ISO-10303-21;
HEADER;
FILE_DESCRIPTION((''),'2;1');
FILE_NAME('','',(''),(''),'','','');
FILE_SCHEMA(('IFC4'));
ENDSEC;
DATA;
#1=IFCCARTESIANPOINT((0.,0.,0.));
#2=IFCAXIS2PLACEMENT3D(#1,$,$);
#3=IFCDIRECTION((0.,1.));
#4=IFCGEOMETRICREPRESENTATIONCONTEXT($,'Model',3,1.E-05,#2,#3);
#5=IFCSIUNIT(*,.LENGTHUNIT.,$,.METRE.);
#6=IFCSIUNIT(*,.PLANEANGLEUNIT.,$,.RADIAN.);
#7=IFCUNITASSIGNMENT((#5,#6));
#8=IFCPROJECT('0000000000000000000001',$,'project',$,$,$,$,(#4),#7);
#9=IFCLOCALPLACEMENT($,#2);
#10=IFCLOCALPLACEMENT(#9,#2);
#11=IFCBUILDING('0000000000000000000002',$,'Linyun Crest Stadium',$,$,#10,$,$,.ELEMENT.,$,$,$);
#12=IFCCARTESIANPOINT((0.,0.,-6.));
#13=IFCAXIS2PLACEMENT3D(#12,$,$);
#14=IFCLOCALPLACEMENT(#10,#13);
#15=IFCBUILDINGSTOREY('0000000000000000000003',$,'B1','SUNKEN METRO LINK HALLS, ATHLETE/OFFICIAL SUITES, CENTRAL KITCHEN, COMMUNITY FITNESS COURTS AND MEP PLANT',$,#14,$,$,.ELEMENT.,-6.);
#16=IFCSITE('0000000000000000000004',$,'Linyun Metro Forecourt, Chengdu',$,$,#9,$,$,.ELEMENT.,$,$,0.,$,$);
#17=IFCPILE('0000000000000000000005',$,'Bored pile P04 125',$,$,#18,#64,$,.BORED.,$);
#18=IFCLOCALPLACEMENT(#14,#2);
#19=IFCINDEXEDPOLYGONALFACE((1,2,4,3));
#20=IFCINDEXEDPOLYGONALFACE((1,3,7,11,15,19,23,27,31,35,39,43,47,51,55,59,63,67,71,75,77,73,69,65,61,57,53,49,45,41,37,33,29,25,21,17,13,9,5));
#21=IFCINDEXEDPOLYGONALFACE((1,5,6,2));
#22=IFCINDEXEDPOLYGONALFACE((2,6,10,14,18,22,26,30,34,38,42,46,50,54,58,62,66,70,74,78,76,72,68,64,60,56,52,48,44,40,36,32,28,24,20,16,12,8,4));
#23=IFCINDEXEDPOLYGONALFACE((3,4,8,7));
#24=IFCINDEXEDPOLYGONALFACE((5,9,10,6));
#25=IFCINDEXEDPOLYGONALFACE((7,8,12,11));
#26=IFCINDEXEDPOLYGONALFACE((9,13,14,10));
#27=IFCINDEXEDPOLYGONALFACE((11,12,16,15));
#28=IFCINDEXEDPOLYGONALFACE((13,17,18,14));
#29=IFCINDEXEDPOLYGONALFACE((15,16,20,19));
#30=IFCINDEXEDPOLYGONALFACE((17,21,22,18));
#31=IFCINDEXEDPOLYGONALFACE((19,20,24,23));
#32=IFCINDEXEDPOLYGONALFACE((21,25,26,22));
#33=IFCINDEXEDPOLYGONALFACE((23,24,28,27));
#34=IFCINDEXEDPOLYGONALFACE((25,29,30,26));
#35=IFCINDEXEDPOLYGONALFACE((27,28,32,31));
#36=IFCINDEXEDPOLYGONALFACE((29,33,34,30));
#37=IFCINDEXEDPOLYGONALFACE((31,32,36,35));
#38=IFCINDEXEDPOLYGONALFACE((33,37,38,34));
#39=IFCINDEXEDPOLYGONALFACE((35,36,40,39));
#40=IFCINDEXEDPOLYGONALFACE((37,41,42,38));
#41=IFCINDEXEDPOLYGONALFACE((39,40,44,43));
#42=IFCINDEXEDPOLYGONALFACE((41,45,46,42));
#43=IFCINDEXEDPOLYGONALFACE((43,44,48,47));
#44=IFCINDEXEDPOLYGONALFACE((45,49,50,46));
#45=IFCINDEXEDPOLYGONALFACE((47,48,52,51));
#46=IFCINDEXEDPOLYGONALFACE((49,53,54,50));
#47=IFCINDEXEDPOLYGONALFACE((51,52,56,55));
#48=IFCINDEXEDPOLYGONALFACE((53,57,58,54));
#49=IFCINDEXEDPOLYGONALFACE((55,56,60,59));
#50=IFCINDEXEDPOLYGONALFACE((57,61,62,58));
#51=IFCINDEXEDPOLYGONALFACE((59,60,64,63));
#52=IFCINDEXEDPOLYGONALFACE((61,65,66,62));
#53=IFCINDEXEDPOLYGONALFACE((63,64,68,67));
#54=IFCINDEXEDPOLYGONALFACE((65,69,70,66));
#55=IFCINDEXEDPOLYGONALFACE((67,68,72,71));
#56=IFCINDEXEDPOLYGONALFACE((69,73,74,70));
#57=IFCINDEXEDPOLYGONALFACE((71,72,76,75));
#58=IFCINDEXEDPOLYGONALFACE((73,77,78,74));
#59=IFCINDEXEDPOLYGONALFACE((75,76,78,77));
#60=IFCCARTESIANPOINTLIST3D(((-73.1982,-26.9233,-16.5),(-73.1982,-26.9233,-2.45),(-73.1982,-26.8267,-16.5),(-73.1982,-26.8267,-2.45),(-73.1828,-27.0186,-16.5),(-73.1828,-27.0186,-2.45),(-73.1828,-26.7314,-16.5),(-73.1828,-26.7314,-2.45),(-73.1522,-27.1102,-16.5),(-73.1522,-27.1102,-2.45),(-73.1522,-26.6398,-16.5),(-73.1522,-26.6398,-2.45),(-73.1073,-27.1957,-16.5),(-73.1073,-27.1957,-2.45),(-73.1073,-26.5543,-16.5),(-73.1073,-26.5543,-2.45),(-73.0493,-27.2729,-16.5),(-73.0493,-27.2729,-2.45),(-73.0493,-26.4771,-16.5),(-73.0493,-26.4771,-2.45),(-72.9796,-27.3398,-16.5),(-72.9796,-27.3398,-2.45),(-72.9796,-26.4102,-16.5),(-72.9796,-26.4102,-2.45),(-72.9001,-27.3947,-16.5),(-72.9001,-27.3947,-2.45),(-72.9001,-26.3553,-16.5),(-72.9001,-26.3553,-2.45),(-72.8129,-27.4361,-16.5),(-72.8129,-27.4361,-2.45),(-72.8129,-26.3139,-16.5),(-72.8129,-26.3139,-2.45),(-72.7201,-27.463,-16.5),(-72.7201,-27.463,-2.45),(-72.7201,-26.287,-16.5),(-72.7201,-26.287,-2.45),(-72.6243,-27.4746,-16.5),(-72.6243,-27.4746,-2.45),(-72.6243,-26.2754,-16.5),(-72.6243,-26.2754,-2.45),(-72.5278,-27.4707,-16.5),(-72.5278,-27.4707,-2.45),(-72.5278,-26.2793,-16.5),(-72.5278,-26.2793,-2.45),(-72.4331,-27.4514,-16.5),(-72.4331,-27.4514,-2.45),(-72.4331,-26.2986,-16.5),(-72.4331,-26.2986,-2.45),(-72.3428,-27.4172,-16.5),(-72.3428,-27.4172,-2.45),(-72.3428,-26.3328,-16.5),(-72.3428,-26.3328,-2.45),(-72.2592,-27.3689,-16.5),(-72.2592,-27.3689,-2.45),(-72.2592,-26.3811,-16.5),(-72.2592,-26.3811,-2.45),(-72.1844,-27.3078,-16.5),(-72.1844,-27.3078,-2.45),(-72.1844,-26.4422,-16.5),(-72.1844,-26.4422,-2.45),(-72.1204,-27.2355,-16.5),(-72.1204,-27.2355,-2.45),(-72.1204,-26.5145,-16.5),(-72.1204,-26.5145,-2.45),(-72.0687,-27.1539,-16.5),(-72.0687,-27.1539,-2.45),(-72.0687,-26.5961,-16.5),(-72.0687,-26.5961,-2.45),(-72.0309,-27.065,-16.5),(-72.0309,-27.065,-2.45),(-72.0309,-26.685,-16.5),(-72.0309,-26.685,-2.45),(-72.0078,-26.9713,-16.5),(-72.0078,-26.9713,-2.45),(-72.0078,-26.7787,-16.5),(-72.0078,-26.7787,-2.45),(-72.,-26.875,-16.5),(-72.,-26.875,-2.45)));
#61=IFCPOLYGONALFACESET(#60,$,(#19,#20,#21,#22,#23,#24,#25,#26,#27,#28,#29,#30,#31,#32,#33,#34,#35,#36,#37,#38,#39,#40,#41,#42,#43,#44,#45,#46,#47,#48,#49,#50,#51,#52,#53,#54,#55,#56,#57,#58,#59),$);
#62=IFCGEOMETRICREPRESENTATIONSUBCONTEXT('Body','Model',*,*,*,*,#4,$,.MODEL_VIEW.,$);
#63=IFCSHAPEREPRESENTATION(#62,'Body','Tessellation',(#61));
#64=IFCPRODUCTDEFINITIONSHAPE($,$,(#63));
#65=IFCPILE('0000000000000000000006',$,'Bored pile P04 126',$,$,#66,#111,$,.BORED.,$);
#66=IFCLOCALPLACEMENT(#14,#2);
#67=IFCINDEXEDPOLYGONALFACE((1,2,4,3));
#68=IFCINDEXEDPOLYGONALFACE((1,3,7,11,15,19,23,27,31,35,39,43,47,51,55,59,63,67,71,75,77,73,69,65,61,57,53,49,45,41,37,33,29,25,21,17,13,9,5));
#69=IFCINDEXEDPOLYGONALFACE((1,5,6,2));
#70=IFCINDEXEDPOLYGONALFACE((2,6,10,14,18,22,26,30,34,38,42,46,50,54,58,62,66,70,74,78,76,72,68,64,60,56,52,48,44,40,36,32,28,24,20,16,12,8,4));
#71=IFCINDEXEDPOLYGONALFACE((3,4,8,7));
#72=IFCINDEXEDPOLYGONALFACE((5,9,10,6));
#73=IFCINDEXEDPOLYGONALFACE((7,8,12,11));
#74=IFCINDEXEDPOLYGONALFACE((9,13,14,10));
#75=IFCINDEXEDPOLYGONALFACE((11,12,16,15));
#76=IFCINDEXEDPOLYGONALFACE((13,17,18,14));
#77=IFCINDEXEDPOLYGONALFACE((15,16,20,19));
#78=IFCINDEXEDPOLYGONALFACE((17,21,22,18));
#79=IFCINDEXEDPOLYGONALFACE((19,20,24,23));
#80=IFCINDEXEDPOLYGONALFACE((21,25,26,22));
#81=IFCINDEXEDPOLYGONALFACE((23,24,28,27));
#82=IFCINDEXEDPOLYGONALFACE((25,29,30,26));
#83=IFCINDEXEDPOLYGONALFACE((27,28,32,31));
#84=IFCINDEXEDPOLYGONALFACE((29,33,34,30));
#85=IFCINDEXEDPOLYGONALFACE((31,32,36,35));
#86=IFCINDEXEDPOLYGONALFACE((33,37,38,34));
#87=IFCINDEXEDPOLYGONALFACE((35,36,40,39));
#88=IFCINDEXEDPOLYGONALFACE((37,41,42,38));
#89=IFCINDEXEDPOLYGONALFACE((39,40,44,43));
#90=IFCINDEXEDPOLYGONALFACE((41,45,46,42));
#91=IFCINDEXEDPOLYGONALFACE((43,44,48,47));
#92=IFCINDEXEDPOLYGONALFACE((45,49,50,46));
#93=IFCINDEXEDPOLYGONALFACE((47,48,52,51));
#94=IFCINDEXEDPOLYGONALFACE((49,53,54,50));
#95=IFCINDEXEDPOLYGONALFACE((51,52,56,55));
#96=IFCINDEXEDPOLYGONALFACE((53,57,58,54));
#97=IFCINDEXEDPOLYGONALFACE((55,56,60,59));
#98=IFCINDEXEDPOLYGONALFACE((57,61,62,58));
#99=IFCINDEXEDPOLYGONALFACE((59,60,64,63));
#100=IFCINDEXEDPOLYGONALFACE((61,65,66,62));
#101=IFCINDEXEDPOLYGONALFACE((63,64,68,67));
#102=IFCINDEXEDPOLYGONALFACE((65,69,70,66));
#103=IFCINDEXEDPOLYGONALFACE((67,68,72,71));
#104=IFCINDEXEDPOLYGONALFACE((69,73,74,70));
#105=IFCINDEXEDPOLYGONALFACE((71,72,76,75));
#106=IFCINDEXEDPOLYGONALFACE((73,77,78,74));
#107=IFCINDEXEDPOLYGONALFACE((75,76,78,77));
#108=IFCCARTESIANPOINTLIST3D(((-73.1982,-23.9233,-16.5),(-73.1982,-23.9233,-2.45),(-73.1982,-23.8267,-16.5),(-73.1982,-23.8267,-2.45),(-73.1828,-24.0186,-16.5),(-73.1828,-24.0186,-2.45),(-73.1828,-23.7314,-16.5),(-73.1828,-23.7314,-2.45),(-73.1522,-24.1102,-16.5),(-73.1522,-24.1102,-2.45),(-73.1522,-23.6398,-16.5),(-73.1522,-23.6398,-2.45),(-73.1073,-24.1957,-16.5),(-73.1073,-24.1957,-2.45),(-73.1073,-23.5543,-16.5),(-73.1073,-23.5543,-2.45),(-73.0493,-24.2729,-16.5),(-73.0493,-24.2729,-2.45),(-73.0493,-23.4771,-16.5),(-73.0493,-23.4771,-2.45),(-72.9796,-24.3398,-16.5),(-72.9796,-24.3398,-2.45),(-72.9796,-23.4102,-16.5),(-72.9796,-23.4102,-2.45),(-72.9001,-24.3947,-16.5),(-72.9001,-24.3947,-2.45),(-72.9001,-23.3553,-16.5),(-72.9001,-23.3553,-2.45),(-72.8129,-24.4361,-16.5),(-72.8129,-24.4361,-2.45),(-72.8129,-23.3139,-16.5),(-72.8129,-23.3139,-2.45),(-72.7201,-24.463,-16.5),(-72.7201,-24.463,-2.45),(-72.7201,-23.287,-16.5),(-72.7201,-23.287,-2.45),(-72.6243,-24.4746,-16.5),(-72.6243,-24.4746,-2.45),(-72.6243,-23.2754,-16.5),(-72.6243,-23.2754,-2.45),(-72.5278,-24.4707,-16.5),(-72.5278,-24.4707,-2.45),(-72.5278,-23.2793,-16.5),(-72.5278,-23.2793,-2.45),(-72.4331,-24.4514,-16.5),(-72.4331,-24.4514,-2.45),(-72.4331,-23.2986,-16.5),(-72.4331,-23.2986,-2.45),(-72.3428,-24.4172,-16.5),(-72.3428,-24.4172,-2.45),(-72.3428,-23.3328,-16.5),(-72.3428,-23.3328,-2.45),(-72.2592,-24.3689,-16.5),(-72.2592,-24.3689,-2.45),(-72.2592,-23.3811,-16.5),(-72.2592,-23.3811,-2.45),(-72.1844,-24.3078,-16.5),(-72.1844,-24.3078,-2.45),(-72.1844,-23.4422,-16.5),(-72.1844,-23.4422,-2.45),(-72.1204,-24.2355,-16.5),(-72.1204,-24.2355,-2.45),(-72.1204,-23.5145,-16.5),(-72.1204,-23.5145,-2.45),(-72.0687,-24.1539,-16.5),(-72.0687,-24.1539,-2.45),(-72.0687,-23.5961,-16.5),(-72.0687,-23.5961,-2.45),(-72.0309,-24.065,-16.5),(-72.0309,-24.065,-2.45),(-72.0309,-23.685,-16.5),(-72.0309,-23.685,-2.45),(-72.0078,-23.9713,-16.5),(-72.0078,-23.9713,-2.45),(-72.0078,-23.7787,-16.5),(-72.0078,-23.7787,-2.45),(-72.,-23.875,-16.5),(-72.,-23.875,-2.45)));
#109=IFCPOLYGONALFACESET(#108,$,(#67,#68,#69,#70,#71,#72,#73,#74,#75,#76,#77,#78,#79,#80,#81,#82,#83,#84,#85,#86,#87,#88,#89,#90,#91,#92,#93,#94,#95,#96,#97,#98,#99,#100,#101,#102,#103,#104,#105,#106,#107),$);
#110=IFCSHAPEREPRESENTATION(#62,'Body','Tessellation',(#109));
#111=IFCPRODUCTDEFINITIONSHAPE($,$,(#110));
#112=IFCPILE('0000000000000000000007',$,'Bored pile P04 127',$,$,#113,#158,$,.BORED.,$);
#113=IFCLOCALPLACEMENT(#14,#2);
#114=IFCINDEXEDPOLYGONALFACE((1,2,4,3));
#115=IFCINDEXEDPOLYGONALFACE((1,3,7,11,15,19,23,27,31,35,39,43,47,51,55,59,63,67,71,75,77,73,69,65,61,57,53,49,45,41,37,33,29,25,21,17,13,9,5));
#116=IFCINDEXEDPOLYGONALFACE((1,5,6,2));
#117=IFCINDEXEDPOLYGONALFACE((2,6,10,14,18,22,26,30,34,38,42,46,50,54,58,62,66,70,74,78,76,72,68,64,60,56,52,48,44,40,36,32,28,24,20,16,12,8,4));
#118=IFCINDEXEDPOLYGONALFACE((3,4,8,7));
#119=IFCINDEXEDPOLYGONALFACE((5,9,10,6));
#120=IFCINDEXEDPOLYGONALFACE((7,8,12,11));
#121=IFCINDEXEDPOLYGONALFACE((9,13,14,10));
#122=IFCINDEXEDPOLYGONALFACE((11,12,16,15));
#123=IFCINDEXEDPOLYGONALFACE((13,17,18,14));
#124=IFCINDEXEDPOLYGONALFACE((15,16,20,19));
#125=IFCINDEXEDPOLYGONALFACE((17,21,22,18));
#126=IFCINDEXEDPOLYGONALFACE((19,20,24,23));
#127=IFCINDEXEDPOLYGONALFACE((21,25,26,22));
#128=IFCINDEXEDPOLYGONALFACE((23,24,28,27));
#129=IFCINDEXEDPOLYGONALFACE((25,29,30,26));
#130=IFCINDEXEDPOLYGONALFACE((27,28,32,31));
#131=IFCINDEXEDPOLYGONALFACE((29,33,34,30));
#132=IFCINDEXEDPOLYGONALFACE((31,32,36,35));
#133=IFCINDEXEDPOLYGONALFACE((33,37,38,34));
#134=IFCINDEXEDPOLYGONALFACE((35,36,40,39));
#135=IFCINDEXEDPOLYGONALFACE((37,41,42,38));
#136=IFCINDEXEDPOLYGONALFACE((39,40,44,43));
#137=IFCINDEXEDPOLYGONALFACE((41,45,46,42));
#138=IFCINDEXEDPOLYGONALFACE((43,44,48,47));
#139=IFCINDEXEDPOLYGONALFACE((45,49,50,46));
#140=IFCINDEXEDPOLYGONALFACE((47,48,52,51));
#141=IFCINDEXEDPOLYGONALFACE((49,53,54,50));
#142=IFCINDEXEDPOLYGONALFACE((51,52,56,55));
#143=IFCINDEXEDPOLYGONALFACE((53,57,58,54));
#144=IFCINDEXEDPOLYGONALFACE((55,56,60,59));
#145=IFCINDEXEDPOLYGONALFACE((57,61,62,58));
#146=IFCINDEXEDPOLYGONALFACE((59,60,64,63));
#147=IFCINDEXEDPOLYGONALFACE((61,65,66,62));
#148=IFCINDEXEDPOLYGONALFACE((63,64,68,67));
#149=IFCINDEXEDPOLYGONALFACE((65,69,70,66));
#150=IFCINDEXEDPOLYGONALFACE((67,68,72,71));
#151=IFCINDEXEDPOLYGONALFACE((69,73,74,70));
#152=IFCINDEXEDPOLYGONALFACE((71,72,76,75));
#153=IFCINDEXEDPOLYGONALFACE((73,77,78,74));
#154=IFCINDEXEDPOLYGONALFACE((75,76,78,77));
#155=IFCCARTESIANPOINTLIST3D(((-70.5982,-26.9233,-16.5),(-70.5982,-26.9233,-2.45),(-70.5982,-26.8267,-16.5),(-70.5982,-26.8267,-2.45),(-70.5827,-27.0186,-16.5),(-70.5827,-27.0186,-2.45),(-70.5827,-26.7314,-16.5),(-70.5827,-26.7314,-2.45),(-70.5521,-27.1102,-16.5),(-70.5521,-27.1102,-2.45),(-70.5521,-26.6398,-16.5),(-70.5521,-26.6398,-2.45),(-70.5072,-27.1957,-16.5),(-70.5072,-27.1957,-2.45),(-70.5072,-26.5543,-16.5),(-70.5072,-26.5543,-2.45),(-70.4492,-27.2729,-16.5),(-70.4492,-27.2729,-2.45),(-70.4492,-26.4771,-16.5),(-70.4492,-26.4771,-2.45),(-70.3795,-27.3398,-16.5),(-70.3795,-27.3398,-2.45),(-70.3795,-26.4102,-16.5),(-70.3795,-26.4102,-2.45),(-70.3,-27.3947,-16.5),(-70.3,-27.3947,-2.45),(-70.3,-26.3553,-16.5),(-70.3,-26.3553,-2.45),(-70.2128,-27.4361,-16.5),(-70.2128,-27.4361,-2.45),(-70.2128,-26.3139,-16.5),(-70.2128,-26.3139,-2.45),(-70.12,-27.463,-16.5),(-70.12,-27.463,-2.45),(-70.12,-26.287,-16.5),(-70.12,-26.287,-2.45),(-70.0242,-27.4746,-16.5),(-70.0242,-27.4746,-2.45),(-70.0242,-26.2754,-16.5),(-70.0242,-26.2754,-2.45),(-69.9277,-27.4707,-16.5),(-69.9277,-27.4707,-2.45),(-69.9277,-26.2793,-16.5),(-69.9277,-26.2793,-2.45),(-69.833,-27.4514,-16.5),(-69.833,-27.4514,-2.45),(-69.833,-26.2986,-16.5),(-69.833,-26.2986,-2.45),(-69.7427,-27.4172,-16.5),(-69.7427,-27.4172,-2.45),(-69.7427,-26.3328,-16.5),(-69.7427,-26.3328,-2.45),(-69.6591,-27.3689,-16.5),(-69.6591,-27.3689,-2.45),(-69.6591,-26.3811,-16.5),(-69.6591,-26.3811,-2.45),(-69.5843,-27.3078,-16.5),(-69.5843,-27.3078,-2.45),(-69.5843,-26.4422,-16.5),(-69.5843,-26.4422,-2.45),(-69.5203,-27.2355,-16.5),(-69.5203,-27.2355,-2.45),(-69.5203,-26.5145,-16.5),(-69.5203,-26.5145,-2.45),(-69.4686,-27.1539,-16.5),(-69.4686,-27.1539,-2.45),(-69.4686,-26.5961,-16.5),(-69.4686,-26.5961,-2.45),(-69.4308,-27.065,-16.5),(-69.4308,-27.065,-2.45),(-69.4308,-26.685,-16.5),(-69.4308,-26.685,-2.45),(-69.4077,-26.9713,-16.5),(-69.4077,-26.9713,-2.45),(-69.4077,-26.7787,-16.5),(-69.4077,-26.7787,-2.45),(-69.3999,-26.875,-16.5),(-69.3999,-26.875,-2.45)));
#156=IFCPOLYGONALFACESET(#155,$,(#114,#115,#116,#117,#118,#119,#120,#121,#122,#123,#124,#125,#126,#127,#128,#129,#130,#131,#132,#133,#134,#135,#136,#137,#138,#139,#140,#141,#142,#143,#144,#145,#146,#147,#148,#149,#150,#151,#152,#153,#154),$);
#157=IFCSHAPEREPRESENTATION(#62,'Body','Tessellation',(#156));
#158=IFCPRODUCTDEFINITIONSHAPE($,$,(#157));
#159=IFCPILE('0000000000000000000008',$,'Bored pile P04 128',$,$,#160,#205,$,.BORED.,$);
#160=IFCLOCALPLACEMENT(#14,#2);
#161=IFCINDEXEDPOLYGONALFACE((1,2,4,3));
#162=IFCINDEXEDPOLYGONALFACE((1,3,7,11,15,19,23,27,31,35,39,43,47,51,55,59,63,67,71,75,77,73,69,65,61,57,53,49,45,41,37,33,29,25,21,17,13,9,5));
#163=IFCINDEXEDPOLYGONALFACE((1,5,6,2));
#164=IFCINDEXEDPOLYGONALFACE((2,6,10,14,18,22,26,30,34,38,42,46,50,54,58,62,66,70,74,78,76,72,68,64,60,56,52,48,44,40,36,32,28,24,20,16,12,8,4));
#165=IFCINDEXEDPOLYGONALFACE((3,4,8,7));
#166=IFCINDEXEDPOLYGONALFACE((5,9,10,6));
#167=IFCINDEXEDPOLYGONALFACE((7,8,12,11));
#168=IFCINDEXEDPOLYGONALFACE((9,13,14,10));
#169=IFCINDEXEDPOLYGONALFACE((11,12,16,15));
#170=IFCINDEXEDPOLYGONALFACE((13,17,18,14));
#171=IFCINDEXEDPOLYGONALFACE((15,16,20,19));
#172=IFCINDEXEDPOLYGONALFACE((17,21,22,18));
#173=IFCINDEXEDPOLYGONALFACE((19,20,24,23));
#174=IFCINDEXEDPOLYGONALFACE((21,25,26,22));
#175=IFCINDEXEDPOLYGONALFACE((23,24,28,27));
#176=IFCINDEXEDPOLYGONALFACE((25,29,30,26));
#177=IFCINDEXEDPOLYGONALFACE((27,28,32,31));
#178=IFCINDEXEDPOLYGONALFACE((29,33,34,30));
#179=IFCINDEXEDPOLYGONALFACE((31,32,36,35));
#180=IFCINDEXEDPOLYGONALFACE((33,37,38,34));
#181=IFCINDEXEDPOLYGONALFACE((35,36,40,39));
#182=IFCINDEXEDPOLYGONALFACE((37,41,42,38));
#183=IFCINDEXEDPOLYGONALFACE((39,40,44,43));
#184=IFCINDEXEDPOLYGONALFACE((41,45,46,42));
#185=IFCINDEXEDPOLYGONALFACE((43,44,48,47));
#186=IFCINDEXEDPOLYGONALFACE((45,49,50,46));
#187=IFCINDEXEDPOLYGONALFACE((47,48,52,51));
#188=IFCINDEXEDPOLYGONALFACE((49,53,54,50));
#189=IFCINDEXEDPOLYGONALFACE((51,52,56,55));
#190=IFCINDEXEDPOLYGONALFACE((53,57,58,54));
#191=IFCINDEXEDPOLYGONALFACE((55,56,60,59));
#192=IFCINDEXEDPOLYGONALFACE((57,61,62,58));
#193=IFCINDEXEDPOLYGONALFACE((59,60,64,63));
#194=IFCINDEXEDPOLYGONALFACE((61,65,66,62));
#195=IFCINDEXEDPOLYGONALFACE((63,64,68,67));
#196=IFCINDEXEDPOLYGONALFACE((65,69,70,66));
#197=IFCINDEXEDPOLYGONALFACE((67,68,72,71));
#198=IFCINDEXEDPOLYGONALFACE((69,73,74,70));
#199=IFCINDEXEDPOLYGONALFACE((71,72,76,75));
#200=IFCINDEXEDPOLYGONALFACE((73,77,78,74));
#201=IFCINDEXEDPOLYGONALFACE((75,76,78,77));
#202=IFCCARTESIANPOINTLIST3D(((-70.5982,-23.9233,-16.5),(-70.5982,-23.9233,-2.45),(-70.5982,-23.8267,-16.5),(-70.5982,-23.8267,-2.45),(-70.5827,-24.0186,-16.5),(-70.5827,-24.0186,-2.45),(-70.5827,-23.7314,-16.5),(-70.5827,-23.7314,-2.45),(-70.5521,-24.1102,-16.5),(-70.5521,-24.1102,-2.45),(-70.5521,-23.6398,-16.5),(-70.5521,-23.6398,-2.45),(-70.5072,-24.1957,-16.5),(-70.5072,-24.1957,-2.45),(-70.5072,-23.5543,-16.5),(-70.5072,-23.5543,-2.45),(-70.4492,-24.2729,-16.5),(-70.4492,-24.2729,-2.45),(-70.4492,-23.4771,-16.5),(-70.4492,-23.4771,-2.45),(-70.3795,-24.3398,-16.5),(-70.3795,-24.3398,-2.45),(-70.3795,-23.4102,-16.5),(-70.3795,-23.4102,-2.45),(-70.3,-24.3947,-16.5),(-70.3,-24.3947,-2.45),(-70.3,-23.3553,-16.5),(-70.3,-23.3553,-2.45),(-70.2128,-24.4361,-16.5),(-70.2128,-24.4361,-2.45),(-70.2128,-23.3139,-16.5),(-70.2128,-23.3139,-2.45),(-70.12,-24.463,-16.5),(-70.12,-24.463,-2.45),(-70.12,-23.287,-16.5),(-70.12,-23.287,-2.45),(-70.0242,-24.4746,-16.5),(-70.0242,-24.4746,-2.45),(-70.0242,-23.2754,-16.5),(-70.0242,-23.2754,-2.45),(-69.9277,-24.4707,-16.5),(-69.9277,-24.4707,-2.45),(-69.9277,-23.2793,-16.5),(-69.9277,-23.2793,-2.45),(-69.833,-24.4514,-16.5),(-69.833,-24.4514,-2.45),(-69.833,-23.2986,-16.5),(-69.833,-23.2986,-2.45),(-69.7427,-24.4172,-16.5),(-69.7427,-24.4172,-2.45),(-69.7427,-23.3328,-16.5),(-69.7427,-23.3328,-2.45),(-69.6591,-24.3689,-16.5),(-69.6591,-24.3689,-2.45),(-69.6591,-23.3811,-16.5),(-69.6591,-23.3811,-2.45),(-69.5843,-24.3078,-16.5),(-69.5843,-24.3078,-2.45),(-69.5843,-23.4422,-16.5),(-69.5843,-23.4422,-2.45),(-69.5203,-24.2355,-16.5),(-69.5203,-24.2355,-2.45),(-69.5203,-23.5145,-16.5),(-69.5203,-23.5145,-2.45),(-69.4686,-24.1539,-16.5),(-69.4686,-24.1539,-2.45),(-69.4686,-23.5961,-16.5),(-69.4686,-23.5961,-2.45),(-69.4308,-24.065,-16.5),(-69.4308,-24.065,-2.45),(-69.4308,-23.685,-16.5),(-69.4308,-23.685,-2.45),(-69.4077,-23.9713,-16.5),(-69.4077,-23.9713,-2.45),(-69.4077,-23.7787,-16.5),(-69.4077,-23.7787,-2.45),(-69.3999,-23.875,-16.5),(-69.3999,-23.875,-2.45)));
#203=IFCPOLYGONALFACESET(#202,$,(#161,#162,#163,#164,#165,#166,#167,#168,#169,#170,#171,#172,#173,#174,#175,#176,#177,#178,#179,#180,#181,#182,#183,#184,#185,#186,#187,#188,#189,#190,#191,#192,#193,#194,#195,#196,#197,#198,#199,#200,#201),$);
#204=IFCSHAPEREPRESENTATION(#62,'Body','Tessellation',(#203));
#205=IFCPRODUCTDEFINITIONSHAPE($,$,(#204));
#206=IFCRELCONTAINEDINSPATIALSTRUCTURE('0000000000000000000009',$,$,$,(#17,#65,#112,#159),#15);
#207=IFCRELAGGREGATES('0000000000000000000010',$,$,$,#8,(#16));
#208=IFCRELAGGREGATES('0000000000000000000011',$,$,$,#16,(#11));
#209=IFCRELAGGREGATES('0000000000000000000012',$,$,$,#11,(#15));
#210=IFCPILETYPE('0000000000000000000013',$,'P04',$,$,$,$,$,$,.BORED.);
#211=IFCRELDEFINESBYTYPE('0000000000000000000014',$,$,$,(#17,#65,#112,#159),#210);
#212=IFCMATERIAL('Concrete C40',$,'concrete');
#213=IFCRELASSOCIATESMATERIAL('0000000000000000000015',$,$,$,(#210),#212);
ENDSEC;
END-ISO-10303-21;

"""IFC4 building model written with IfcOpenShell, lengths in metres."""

from ifc_helpers import new_model, si_unit, direction, frame, origin, origin_2d, place, context, subcontext, project, spatial, circle, extrude, material, material_profile, profile_set, type_object, element, save


model = new_model("IFC4")

# Units and contexts
model_context = context("Model", 3, precision=1e-05, world=origin(), true_north=direction((0.0, 1.0)))
body_context = subcontext(model_context, "Body", "Model", "MODEL_VIEW")
ifc_project = project(units=[si_unit("LENGTHUNIT", "METRE"), si_unit("PLANEANGLEUNIT", "RADIAN")], contexts=[model_context])

# Site, building, storey
site_placement = place(None, origin())
site = spatial("IfcSite", under=ifc_project, at=site_placement, Name="Linyun Metro Forecourt, Chengdu", CompositionType="ELEMENT", RefElevation=0.0)
building_placement = place(site_placement, origin())
building = spatial("IfcBuilding", under=site, at=building_placement, Name="Linyun Crest Stadium", CompositionType="ELEMENT")
storey_placement = place(building_placement, frame((0.0, 0.0, -6.0)))
storey = spatial("IfcBuildingStorey", under=building, at=storey_placement, Name="B1", Description="SUNKEN METRO LINK HALLS, ATHLETE/OFFICIAL SUITES, CENTRAL KITCHEN, COMMUNITY FITNESS COURTS AND MEP PLANT", CompositionType="ELEMENT", Elevation=-6.0)

# Piles
ifc_material_1 = material(Name="Concrete C40", Category="concrete")
ifc_material_profile_1 = material_profile(ifc_material_1, circle(Radius=0.6001, at=origin_2d()), Name="BORED PILE 1200")
ifc_profile_set_1 = profile_set([ifc_material_profile_1], Name="Concrete C40")
pile_type_1 = type_object("IfcPileType", Name="P04", PredefinedType="BORED", material=ifc_profile_set_1)
for number, where, z_axis, x_axis, name in (
    (1, (-72.6001, -26.875, -2.45), (0.0, 0.0, -1.0), (1.0, 0.0, 0.0), "Bored pile P04 125"),
    (2, (-72.6001, -23.875, -2.45), (0.0, 0.0, -1.0), (1.0, 0.0, 0.0), "Bored pile P04 126"),
    (3, (-70.0, -26.875, -2.45), (0.0, 0.0, -1.0), (1.0, 0.0, 0.0), "Bored pile P04 127"),
    (4, (-70.0, -23.875, -2.45), (0.0, 0.0, -1.0), (1.0, 0.0, 0.0), "Bored pile P04 128"),
):
    element("IfcPile", number, at=place(storey_placement, frame(where, z_axis=z_axis, x_axis=x_axis)), inside=storey, type_object=pile_type_1, Name=name, PredefinedType="BORED", context=body_context, shape_type="SweptSolid", body=[
        extrude(circle(Radius=0.6001, at=origin_2d()), origin(), (0.0, 0.0, 1.0), 14.05),
    ])

save(model, "model.ifc")
